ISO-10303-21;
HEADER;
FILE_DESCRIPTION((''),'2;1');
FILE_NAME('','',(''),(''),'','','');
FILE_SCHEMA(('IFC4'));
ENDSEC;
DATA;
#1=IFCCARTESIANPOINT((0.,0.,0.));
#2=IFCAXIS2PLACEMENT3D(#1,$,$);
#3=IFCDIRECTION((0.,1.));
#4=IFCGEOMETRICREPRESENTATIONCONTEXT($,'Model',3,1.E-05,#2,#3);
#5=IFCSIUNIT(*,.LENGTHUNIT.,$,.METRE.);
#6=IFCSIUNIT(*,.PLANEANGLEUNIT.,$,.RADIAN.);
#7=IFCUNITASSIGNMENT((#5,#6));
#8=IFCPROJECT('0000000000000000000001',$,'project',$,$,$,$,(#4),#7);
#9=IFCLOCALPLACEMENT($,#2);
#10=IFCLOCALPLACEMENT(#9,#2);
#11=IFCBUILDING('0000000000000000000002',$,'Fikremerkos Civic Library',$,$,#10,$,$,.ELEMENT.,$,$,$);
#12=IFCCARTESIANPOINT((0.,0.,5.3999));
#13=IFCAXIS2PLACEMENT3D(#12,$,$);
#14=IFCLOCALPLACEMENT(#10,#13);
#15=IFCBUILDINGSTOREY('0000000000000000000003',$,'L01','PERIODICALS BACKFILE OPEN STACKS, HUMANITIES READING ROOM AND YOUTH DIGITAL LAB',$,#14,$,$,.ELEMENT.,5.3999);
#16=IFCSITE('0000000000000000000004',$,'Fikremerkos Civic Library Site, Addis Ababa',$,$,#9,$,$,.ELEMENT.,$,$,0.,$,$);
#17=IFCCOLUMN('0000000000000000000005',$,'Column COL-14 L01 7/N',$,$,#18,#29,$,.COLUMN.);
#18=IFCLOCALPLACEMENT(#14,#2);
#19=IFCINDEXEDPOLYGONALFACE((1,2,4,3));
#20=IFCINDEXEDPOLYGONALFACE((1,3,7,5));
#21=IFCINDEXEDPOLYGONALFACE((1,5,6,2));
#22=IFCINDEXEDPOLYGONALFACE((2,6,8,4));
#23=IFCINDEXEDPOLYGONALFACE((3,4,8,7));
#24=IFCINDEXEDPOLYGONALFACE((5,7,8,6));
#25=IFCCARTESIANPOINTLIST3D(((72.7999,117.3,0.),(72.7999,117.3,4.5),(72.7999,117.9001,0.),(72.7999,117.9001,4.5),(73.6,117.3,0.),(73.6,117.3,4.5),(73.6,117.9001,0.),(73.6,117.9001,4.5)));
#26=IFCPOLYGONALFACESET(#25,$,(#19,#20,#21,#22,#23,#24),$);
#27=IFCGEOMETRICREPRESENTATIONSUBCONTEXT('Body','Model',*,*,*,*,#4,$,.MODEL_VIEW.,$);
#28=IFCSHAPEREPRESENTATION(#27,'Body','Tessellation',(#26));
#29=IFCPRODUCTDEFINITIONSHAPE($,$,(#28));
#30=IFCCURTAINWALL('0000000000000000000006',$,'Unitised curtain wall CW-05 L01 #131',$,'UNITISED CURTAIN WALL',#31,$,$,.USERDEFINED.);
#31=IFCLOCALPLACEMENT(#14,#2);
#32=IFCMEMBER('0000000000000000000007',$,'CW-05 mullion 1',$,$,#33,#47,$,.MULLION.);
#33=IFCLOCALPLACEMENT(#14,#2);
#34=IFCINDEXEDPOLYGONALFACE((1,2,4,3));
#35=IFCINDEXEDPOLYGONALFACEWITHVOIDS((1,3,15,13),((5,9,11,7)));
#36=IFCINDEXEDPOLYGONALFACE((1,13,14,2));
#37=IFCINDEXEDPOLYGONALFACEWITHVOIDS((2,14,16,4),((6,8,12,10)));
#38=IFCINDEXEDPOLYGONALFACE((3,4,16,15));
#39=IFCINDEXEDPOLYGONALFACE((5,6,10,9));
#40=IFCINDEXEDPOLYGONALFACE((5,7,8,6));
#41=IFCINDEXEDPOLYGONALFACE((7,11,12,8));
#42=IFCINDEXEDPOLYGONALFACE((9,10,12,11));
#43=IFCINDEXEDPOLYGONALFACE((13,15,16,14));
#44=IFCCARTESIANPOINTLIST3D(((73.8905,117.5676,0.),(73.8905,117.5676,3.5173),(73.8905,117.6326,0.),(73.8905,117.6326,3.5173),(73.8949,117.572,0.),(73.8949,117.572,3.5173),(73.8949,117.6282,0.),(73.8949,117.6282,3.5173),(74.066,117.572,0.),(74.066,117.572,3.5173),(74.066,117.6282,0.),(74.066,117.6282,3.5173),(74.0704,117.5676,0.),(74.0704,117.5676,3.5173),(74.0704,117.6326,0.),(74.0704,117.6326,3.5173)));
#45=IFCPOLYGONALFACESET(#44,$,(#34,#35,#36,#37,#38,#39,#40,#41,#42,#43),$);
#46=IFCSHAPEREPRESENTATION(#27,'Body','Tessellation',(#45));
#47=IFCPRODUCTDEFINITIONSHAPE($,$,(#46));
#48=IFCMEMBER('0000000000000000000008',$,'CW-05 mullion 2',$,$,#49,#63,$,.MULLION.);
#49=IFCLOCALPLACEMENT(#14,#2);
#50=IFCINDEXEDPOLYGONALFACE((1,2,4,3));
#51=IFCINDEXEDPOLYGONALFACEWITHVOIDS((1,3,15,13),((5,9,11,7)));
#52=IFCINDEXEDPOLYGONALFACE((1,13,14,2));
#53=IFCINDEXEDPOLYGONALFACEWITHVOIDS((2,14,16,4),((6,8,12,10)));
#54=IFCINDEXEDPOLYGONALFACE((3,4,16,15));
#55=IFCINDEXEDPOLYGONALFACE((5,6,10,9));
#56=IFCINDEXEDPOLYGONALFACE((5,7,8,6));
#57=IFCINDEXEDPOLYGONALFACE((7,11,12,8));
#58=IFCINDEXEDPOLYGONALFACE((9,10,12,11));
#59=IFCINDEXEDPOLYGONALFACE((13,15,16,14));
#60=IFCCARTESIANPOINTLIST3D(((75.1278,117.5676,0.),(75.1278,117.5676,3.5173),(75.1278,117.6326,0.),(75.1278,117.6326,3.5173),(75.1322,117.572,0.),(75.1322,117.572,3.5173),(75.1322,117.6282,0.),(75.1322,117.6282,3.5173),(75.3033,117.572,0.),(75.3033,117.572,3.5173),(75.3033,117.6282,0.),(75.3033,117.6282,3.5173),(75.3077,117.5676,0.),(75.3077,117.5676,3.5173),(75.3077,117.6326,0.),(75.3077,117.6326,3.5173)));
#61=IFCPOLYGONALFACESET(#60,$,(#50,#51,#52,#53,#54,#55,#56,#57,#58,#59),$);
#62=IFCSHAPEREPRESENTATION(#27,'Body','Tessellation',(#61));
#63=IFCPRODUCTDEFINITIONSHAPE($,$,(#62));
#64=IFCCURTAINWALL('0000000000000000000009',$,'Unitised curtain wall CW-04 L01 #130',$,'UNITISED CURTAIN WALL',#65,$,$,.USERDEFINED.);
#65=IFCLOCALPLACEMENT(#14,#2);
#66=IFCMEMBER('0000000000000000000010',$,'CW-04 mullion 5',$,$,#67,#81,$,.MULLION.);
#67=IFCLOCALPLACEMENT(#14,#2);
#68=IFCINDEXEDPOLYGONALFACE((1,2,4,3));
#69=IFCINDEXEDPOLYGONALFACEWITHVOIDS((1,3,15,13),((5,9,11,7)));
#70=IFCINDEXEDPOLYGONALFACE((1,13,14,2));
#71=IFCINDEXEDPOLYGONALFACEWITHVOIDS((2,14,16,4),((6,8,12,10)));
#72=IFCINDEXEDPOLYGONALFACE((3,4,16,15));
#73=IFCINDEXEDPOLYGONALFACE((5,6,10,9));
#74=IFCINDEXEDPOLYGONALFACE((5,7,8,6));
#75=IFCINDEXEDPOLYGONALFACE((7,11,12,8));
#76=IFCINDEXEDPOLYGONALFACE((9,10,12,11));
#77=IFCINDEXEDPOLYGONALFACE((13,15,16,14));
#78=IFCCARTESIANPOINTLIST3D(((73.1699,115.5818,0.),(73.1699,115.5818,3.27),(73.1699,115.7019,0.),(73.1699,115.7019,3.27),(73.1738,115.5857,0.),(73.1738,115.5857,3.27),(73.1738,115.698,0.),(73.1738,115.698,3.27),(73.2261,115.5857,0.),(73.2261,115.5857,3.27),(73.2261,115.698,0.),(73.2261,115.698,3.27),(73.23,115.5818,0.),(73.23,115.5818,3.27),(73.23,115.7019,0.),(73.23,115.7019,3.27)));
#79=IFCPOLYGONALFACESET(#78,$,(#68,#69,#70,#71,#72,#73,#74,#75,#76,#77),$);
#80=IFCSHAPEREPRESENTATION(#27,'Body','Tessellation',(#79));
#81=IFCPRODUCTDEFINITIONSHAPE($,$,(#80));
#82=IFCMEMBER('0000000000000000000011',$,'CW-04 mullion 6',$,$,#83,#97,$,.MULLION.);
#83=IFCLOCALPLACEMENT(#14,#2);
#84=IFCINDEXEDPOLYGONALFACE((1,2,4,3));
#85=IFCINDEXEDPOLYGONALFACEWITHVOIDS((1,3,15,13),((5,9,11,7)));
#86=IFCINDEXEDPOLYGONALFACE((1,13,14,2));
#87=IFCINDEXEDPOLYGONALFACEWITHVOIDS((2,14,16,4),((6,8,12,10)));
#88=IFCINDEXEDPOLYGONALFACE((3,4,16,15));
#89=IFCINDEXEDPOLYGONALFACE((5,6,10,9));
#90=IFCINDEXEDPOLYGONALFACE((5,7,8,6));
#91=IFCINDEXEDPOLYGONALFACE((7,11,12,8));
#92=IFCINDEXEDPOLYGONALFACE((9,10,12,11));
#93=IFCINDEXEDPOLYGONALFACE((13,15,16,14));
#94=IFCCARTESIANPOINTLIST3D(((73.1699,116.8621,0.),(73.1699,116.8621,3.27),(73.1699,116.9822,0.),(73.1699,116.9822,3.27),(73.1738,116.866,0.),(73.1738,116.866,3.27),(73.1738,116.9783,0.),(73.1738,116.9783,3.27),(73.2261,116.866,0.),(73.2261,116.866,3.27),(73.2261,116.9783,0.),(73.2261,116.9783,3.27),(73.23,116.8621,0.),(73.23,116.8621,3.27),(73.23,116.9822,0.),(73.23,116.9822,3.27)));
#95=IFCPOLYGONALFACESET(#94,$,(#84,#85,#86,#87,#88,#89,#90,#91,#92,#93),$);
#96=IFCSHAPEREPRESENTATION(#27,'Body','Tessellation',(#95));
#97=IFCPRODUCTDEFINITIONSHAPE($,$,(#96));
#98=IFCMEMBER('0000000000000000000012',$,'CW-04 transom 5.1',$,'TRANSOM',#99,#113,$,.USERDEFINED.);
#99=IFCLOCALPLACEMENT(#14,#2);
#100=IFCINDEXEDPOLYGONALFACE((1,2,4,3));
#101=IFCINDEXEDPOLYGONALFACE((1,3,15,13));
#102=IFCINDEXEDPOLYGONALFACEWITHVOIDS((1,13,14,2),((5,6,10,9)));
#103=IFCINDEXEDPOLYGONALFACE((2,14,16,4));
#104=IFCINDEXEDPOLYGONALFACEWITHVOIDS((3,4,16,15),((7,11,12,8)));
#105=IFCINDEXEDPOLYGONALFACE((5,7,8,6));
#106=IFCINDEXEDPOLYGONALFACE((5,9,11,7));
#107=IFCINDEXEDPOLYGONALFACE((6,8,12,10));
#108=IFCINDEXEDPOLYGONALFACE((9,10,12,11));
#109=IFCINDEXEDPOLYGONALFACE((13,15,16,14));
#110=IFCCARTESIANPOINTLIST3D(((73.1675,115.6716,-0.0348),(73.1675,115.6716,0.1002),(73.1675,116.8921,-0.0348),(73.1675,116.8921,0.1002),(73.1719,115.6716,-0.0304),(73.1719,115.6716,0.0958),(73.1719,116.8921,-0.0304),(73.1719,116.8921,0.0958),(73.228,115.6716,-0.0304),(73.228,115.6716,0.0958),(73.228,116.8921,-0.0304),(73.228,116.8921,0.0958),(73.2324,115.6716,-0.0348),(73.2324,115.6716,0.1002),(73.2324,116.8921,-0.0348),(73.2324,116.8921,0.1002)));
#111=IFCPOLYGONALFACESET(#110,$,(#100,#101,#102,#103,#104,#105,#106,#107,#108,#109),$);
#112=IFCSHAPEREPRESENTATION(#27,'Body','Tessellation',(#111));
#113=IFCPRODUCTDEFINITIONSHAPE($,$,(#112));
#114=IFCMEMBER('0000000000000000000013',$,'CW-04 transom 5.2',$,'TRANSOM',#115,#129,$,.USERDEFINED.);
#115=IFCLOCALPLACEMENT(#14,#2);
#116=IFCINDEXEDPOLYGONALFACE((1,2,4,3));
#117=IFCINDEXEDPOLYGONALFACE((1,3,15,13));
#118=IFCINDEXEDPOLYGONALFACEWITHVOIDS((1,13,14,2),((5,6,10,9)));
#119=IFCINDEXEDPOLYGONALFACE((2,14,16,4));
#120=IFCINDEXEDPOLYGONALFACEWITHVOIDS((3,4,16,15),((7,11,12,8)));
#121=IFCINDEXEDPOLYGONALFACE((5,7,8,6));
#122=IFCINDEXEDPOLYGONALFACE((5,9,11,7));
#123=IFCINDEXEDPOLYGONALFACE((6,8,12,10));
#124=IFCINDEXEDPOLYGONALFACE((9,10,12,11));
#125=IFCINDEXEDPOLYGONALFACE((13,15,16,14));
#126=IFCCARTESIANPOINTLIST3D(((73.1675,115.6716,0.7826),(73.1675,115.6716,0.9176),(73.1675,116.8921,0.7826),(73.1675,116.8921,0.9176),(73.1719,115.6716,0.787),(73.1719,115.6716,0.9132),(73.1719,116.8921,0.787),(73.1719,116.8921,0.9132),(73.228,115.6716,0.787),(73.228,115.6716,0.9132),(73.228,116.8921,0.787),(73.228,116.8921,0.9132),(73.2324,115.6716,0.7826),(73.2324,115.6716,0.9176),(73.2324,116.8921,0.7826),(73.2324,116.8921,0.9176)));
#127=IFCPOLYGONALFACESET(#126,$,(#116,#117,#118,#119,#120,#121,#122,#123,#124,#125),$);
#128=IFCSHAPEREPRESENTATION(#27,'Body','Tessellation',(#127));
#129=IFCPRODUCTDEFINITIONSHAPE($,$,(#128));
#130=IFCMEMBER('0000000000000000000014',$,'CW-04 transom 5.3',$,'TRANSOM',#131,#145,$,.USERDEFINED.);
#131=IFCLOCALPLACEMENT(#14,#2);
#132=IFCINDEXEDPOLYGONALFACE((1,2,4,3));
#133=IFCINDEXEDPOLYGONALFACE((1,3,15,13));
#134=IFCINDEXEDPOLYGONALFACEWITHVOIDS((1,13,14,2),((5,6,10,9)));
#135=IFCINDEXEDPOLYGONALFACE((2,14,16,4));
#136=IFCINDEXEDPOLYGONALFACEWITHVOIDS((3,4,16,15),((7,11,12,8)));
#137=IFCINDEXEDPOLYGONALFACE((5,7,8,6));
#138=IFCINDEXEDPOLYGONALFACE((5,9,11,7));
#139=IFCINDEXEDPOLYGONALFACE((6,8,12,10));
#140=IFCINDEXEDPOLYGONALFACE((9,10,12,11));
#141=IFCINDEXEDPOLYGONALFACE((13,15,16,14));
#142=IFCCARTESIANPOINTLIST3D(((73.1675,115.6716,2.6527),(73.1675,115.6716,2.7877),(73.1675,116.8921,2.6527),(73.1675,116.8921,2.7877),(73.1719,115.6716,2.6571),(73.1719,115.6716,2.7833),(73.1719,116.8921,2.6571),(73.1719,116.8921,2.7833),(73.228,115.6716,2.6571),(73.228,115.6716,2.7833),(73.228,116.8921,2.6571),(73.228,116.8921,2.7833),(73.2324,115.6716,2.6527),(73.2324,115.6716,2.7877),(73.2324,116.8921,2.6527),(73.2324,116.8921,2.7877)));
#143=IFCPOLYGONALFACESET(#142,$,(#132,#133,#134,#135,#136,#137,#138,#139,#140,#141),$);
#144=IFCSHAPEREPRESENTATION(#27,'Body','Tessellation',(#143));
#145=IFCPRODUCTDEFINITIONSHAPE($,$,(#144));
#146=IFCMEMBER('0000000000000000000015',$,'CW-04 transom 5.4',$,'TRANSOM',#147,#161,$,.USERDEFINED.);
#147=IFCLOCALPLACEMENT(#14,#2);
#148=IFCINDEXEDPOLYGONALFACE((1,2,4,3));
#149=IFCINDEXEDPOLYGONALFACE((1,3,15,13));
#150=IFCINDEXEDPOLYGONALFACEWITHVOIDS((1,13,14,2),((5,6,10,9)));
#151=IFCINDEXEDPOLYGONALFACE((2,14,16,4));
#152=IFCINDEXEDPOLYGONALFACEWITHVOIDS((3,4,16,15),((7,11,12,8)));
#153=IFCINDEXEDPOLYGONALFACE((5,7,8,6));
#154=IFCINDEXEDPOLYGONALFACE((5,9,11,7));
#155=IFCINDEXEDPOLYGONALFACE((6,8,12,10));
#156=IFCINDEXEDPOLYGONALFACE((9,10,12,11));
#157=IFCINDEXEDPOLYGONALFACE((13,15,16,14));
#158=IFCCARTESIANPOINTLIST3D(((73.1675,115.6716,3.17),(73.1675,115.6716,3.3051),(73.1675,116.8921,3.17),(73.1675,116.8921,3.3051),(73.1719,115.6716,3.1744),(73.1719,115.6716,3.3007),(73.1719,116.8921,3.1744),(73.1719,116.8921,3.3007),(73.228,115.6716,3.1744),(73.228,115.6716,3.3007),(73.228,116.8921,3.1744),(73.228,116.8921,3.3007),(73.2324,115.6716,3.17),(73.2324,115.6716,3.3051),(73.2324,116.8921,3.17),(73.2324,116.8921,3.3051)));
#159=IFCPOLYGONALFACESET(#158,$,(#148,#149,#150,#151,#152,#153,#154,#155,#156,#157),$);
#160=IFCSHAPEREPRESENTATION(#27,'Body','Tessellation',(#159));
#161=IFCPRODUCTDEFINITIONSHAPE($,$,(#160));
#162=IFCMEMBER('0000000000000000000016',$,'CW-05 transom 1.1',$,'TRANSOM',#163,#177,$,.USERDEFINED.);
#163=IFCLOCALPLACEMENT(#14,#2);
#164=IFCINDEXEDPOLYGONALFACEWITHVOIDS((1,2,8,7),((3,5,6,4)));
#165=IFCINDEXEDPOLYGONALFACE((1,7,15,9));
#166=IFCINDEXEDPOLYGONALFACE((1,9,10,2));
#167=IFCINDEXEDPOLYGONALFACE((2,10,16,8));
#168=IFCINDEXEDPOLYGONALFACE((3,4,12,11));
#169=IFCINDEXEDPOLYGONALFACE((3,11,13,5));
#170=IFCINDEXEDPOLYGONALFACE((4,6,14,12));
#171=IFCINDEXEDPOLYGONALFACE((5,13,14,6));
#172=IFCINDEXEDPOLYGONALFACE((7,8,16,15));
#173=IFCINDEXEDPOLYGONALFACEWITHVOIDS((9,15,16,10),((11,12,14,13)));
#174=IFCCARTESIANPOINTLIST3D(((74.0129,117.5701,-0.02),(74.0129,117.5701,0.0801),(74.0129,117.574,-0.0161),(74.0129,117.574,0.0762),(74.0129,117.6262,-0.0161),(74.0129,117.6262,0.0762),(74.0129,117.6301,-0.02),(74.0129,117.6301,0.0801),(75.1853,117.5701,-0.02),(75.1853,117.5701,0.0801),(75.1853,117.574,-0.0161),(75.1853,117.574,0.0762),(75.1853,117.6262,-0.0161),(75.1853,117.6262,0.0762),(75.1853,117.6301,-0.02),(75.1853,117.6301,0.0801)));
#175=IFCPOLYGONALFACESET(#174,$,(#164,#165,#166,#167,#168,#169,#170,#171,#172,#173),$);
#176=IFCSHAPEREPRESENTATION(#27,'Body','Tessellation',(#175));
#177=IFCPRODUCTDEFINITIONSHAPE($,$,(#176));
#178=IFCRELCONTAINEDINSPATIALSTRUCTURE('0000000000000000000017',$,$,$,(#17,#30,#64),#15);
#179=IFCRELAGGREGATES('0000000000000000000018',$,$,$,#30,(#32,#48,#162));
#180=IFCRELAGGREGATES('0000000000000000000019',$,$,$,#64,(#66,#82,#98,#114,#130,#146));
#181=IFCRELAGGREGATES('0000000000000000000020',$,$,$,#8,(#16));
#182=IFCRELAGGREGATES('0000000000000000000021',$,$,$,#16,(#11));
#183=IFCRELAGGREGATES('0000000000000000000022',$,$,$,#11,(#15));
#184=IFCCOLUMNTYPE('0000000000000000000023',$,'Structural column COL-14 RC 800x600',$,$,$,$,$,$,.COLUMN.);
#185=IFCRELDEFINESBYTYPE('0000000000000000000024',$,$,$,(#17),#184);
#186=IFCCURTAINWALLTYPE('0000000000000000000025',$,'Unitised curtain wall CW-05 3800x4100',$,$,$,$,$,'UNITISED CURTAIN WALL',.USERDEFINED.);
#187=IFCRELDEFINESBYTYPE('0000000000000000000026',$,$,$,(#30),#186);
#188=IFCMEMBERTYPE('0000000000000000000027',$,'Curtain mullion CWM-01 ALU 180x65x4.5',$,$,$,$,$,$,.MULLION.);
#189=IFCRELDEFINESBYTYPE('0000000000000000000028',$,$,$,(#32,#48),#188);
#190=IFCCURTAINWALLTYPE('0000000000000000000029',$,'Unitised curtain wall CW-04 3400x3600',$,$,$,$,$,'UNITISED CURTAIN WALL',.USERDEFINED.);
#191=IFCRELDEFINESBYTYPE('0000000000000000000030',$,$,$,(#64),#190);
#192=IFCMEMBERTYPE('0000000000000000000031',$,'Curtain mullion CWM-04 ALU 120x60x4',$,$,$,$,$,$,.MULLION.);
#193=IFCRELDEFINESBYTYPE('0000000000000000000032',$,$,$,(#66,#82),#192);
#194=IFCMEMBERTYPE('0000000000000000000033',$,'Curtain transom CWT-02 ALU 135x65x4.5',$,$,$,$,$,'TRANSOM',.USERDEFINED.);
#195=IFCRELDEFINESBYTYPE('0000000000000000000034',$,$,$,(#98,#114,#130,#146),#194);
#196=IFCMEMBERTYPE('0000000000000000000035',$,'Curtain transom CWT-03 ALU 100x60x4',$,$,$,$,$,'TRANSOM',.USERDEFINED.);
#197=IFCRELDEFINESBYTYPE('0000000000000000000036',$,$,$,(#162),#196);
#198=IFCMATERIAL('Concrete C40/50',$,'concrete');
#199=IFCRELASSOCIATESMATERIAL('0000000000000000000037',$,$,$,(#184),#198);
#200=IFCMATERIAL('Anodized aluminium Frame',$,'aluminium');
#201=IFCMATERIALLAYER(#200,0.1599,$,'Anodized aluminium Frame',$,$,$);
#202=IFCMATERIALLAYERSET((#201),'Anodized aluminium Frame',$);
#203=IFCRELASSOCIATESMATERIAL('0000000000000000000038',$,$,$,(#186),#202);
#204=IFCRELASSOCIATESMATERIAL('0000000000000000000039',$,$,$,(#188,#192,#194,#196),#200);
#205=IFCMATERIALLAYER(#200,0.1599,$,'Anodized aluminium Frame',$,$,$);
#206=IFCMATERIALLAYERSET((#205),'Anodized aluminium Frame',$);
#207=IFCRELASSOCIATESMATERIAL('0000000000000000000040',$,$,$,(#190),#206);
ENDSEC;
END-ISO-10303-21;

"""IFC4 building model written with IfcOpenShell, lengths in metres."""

from ifc_helpers import new_model, si_unit, direction, frame, origin, origin_2d, place, context, subcontext, project, spatial, rectangle, hollow_rectangle, extrude, material, layer, layer_set, material_profile, profile_set, type_object, element, aggregate, save


model = new_model("IFC4")

# Units and contexts
model_context = context("Model", 3, precision=1e-05, world=origin(), true_north=direction((0.0, 1.0)))
body_context = subcontext(model_context, "Body", "Model", "MODEL_VIEW")
ifc_project = project(units=[si_unit("LENGTHUNIT", "METRE"), si_unit("PLANEANGLEUNIT", "RADIAN")], contexts=[model_context])

# Site, building, storey
site_placement = place(None, origin())
site = spatial("IfcSite", under=ifc_project, at=site_placement, Name="Fikremerkos Civic Library Site, Addis Ababa", CompositionType="ELEMENT", RefElevation=0.0)
building_placement = place(site_placement, origin())
building = spatial("IfcBuilding", under=site, at=building_placement, Name="Fikremerkos Civic Library", CompositionType="ELEMENT")
storey_placement = place(building_placement, frame((0.0, 0.0, 5.3999)))
storey = spatial("IfcBuildingStorey", under=building, at=storey_placement, Name="L01", Description="PERIODICALS BACKFILE OPEN STACKS, HUMANITIES READING ROOM AND YOUTH DIGITAL LAB", CompositionType="ELEMENT", Elevation=5.3999)

# Column
ifc_material_1 = material(Name="Concrete C40/50", Category="concrete")
ifc_material_profile_1 = material_profile(ifc_material_1, rectangle(XDim=0.8, YDim=0.6001, at=origin_2d()), Name="RC 800x600")
ifc_profile_set_1 = profile_set([ifc_material_profile_1], Name="Concrete C40/50")
column_type = type_object("IfcColumnType", Name="Structural column COL-14 RC 800x600", PredefinedType="COLUMN", material=ifc_profile_set_1)
column_placement = place(storey_placement, frame((73.2, 117.6001, 0.0), z_axis=(0.0, 0.0, 1.0), x_axis=(1.0, 0.0, 0.0)))
element("IfcColumn", 1, at=column_placement, inside=storey, type_object=column_type, Name="Column COL-14 L01 7/N", PredefinedType="COLUMN", context=body_context, shape_type="SweptSolid", body=[
    extrude(rectangle(XDim=0.8, YDim=0.6001, at=origin_2d()), origin(), (0.0, 0.0, 1.0), 4.5),
])

# Curtain walls, members
ifc_material_2 = material(Name="Anodized aluminium Frame", Category="aluminium")
ifc_layer_1 = layer(ifc_material_2, 0.1599, Name="Anodized aluminium Frame")
ifc_layer_set_1 = layer_set([ifc_layer_1], Name="Anodized aluminium Frame")
curtain_wall_type_1 = type_object("IfcCurtainWallType", Name="Unitised curtain wall CW-05 3800x4100", ElementType="UNITISED CURTAIN WALL", PredefinedType="USERDEFINED", material=ifc_layer_set_1)
curtain_wall_1_placement = place(storey_placement, origin())
curtain_wall_1 = element("IfcCurtainWall", 2, at=curtain_wall_1_placement, inside=storey, type_object=curtain_wall_type_1, Name="Unitised curtain wall CW-05 L01 #131", ObjectType="UNITISED CURTAIN WALL", PredefinedType="USERDEFINED")
ifc_material_profile_2 = material_profile(ifc_material_2, hollow_rectangle(XDim=0.0649, YDim=0.1799, WallThickness=0.0044, at=origin_2d()), Name="ALU 180x65x4.5")
ifc_profile_set_2 = profile_set([ifc_material_profile_2], Name="Anodized aluminium Frame")
member_type_1 = type_object("IfcMemberType", Name="Curtain mullion CWM-01 ALU 180x65x4.5", PredefinedType="MULLION", material=ifc_profile_set_2)
member_1_placement = place(storey_placement, frame((73.9805, 117.6001, 0.0), z_axis=(0.0, 0.0, 1.0), x_axis=(0.0, 1.0, 0.0)))
member_1 = element("IfcMember", 3, at=member_1_placement, type_object=member_type_1, Name="CW-05 mullion 1", PredefinedType="MULLION", context=body_context, shape_type="SweptSolid", body=[
    extrude(hollow_rectangle(XDim=0.0649, YDim=0.1799, WallThickness=0.0044, at=origin_2d()), origin(), (0.0, 0.0, 1.0), 3.5173),
])
member_2_placement = place(storey_placement, frame((75.2178, 117.6001, 0.0), z_axis=(0.0, 0.0, 1.0), x_axis=(0.0, 1.0, 0.0)))
member_2 = element("IfcMember", 4, at=member_2_placement, type_object=member_type_1, Name="CW-05 mullion 2", PredefinedType="MULLION", context=body_context, shape_type="SweptSolid", body=[
    extrude(hollow_rectangle(XDim=0.0649, YDim=0.1799, WallThickness=0.0044, at=origin_2d()), origin(), (0.0, 0.0, 1.0), 3.5173),
])
ifc_layer_2 = layer(ifc_material_2, 0.1599, Name="Anodized aluminium Frame")
ifc_layer_set_2 = layer_set([ifc_layer_2], Name="Anodized aluminium Frame")
curtain_wall_type_2 = type_object("IfcCurtainWallType", Name="Unitised curtain wall CW-04 3400x3600", ElementType="UNITISED CURTAIN WALL", PredefinedType="USERDEFINED", material=ifc_layer_set_2)
curtain_wall_2_placement = place(storey_placement, origin())
curtain_wall_2 = element("IfcCurtainWall", 5, at=curtain_wall_2_placement, inside=storey, type_object=curtain_wall_type_2, Name="Unitised curtain wall CW-04 L01 #130", ObjectType="UNITISED CURTAIN WALL", PredefinedType="USERDEFINED")
ifc_material_profile_3 = material_profile(ifc_material_2, hollow_rectangle(XDim=0.0601, YDim=0.1201, WallThickness=0.0039, at=origin_2d()), Name="ALU 120x60x4")
ifc_profile_set_3 = profile_set([ifc_material_profile_3], Name="Anodized aluminium Frame")
member_type_2 = type_object("IfcMemberType", Name="Curtain mullion CWM-04 ALU 120x60x4", PredefinedType="MULLION", material=ifc_profile_set_3)
member_3_placement = place(storey_placement, frame((73.2, 115.6418, 0.0), z_axis=(0.0, 0.0, 1.0), x_axis=(-1.0, 0.0, 0.0)))
member_3 = element("IfcMember", 6, at=member_3_placement, type_object=member_type_2, Name="CW-04 mullion 5", PredefinedType="MULLION", context=body_context, shape_type="SweptSolid", body=[
    extrude(hollow_rectangle(XDim=0.0601, YDim=0.1201, WallThickness=0.0039, at=origin_2d()), origin(), (0.0, 0.0, 1.0), 3.27),
])
member_4_placement = place(storey_placement, frame((73.2, 116.9221, 0.0), z_axis=(0.0, 0.0, 1.0), x_axis=(-1.0, 0.0, 0.0)))
member_4 = element("IfcMember", 7, at=member_4_placement, type_object=member_type_2, Name="CW-04 mullion 6", PredefinedType="MULLION", context=body_context, shape_type="SweptSolid", body=[
    extrude(hollow_rectangle(XDim=0.0601, YDim=0.1201, WallThickness=0.0039, at=origin_2d()), origin(), (0.0, 0.0, 1.0), 3.27),
])
ifc_material_profile_4 = material_profile(ifc_material_2, hollow_rectangle(XDim=0.0649, YDim=0.135, WallThickness=0.0044, at=origin_2d()), Name="ALU 135x65x4.5")
ifc_profile_set_4 = profile_set([ifc_material_profile_4], Name="Anodized aluminium Frame")
member_type_3 = type_object("IfcMemberType", Name="Curtain transom CWT-02 ALU 135x65x4.5", ElementType="TRANSOM", PredefinedType="USERDEFINED", material=ifc_profile_set_4)
member_5_placement = place(storey_placement, frame((73.2, 115.6716, 0.0327), z_axis=(0.0, 1.0, 0.0), x_axis=(-1.0, 0.0, 0.0)))
member_5 = element("IfcMember", 8, at=member_5_placement, type_object=member_type_3, Name="CW-04 transom 5.1", ObjectType="TRANSOM", PredefinedType="USERDEFINED", context=body_context, shape_type="SweptSolid", body=[
    extrude(hollow_rectangle(XDim=0.0649, YDim=0.135, WallThickness=0.0044, at=origin_2d()), origin(), (0.0, 0.0, 1.0), 1.2205),
])
member_6_placement = place(storey_placement, frame((73.2, 115.6716, 0.8501), z_axis=(0.0, 1.0, 0.0), x_axis=(-1.0, 0.0, 0.0)))
member_6 = element("IfcMember", 9, at=member_6_placement, type_object=member_type_3, Name="CW-04 transom 5.2", ObjectType="TRANSOM", PredefinedType="USERDEFINED", context=body_context, shape_type="SweptSolid", body=[
    extrude(hollow_rectangle(XDim=0.0649, YDim=0.135, WallThickness=0.0044, at=origin_2d()), origin(), (0.0, 0.0, 1.0), 1.2205),
])
member_7_placement = place(storey_placement, frame((73.2, 115.6716, 2.7202), z_axis=(0.0, 1.0, 0.0), x_axis=(-1.0, 0.0, 0.0)))
member_7 = element("IfcMember", 10, at=member_7_placement, type_object=member_type_3, Name="CW-04 transom 5.3", ObjectType="TRANSOM", PredefinedType="USERDEFINED", context=body_context, shape_type="SweptSolid", body=[
    extrude(hollow_rectangle(XDim=0.0649, YDim=0.135, WallThickness=0.0044, at=origin_2d()), origin(), (0.0, 0.0, 1.0), 1.2205),
])
member_8_placement = place(storey_placement, frame((73.2, 115.6716, 3.2375), z_axis=(0.0, 1.0, 0.0), x_axis=(-1.0, 0.0, 0.0)))
member_8 = element("IfcMember", 11, at=member_8_placement, type_object=member_type_3, Name="CW-04 transom 5.4", ObjectType="TRANSOM", PredefinedType="USERDEFINED", context=body_context, shape_type="SweptSolid", body=[
    extrude(hollow_rectangle(XDim=0.0649, YDim=0.135, WallThickness=0.0044, at=origin_2d()), origin(), (0.0, 0.0, 1.0), 1.2205),
])

# Member
ifc_material_profile_5 = material_profile(ifc_material_2, hollow_rectangle(XDim=0.0601, YDim=0.1001, WallThickness=0.0039, at=origin_2d()), Name="ALU 100x60x4")
ifc_profile_set_5 = profile_set([ifc_material_profile_5], Name="Anodized aluminium Frame")
member_type_4 = type_object("IfcMemberType", Name="Curtain transom CWT-03 ALU 100x60x4", ElementType="TRANSOM", PredefinedType="USERDEFINED", material=ifc_profile_set_5)
member_9_placement = place(storey_placement, frame((74.0129, 117.6001, 0.03), z_axis=(1.0, 0.0, 0.0), x_axis=(0.0, 1.0, 0.0)))
member_9 = element("IfcMember", 12, at=member_9_placement, type_object=member_type_4, Name="CW-05 transom 1.1", ObjectType="TRANSOM", PredefinedType="USERDEFINED", context=body_context, shape_type="SweptSolid", body=[
    extrude(hollow_rectangle(XDim=0.0601, YDim=0.1001, WallThickness=0.0039, at=origin_2d()), origin(), (0.0, 0.0, 1.0), 1.1724),
])

aggregate(curtain_wall_1, [member_1, member_2, member_9])
aggregate(curtain_wall_2, [member_3, member_4, member_5, member_6, member_7, member_8])

save(model, "model.ifc")
